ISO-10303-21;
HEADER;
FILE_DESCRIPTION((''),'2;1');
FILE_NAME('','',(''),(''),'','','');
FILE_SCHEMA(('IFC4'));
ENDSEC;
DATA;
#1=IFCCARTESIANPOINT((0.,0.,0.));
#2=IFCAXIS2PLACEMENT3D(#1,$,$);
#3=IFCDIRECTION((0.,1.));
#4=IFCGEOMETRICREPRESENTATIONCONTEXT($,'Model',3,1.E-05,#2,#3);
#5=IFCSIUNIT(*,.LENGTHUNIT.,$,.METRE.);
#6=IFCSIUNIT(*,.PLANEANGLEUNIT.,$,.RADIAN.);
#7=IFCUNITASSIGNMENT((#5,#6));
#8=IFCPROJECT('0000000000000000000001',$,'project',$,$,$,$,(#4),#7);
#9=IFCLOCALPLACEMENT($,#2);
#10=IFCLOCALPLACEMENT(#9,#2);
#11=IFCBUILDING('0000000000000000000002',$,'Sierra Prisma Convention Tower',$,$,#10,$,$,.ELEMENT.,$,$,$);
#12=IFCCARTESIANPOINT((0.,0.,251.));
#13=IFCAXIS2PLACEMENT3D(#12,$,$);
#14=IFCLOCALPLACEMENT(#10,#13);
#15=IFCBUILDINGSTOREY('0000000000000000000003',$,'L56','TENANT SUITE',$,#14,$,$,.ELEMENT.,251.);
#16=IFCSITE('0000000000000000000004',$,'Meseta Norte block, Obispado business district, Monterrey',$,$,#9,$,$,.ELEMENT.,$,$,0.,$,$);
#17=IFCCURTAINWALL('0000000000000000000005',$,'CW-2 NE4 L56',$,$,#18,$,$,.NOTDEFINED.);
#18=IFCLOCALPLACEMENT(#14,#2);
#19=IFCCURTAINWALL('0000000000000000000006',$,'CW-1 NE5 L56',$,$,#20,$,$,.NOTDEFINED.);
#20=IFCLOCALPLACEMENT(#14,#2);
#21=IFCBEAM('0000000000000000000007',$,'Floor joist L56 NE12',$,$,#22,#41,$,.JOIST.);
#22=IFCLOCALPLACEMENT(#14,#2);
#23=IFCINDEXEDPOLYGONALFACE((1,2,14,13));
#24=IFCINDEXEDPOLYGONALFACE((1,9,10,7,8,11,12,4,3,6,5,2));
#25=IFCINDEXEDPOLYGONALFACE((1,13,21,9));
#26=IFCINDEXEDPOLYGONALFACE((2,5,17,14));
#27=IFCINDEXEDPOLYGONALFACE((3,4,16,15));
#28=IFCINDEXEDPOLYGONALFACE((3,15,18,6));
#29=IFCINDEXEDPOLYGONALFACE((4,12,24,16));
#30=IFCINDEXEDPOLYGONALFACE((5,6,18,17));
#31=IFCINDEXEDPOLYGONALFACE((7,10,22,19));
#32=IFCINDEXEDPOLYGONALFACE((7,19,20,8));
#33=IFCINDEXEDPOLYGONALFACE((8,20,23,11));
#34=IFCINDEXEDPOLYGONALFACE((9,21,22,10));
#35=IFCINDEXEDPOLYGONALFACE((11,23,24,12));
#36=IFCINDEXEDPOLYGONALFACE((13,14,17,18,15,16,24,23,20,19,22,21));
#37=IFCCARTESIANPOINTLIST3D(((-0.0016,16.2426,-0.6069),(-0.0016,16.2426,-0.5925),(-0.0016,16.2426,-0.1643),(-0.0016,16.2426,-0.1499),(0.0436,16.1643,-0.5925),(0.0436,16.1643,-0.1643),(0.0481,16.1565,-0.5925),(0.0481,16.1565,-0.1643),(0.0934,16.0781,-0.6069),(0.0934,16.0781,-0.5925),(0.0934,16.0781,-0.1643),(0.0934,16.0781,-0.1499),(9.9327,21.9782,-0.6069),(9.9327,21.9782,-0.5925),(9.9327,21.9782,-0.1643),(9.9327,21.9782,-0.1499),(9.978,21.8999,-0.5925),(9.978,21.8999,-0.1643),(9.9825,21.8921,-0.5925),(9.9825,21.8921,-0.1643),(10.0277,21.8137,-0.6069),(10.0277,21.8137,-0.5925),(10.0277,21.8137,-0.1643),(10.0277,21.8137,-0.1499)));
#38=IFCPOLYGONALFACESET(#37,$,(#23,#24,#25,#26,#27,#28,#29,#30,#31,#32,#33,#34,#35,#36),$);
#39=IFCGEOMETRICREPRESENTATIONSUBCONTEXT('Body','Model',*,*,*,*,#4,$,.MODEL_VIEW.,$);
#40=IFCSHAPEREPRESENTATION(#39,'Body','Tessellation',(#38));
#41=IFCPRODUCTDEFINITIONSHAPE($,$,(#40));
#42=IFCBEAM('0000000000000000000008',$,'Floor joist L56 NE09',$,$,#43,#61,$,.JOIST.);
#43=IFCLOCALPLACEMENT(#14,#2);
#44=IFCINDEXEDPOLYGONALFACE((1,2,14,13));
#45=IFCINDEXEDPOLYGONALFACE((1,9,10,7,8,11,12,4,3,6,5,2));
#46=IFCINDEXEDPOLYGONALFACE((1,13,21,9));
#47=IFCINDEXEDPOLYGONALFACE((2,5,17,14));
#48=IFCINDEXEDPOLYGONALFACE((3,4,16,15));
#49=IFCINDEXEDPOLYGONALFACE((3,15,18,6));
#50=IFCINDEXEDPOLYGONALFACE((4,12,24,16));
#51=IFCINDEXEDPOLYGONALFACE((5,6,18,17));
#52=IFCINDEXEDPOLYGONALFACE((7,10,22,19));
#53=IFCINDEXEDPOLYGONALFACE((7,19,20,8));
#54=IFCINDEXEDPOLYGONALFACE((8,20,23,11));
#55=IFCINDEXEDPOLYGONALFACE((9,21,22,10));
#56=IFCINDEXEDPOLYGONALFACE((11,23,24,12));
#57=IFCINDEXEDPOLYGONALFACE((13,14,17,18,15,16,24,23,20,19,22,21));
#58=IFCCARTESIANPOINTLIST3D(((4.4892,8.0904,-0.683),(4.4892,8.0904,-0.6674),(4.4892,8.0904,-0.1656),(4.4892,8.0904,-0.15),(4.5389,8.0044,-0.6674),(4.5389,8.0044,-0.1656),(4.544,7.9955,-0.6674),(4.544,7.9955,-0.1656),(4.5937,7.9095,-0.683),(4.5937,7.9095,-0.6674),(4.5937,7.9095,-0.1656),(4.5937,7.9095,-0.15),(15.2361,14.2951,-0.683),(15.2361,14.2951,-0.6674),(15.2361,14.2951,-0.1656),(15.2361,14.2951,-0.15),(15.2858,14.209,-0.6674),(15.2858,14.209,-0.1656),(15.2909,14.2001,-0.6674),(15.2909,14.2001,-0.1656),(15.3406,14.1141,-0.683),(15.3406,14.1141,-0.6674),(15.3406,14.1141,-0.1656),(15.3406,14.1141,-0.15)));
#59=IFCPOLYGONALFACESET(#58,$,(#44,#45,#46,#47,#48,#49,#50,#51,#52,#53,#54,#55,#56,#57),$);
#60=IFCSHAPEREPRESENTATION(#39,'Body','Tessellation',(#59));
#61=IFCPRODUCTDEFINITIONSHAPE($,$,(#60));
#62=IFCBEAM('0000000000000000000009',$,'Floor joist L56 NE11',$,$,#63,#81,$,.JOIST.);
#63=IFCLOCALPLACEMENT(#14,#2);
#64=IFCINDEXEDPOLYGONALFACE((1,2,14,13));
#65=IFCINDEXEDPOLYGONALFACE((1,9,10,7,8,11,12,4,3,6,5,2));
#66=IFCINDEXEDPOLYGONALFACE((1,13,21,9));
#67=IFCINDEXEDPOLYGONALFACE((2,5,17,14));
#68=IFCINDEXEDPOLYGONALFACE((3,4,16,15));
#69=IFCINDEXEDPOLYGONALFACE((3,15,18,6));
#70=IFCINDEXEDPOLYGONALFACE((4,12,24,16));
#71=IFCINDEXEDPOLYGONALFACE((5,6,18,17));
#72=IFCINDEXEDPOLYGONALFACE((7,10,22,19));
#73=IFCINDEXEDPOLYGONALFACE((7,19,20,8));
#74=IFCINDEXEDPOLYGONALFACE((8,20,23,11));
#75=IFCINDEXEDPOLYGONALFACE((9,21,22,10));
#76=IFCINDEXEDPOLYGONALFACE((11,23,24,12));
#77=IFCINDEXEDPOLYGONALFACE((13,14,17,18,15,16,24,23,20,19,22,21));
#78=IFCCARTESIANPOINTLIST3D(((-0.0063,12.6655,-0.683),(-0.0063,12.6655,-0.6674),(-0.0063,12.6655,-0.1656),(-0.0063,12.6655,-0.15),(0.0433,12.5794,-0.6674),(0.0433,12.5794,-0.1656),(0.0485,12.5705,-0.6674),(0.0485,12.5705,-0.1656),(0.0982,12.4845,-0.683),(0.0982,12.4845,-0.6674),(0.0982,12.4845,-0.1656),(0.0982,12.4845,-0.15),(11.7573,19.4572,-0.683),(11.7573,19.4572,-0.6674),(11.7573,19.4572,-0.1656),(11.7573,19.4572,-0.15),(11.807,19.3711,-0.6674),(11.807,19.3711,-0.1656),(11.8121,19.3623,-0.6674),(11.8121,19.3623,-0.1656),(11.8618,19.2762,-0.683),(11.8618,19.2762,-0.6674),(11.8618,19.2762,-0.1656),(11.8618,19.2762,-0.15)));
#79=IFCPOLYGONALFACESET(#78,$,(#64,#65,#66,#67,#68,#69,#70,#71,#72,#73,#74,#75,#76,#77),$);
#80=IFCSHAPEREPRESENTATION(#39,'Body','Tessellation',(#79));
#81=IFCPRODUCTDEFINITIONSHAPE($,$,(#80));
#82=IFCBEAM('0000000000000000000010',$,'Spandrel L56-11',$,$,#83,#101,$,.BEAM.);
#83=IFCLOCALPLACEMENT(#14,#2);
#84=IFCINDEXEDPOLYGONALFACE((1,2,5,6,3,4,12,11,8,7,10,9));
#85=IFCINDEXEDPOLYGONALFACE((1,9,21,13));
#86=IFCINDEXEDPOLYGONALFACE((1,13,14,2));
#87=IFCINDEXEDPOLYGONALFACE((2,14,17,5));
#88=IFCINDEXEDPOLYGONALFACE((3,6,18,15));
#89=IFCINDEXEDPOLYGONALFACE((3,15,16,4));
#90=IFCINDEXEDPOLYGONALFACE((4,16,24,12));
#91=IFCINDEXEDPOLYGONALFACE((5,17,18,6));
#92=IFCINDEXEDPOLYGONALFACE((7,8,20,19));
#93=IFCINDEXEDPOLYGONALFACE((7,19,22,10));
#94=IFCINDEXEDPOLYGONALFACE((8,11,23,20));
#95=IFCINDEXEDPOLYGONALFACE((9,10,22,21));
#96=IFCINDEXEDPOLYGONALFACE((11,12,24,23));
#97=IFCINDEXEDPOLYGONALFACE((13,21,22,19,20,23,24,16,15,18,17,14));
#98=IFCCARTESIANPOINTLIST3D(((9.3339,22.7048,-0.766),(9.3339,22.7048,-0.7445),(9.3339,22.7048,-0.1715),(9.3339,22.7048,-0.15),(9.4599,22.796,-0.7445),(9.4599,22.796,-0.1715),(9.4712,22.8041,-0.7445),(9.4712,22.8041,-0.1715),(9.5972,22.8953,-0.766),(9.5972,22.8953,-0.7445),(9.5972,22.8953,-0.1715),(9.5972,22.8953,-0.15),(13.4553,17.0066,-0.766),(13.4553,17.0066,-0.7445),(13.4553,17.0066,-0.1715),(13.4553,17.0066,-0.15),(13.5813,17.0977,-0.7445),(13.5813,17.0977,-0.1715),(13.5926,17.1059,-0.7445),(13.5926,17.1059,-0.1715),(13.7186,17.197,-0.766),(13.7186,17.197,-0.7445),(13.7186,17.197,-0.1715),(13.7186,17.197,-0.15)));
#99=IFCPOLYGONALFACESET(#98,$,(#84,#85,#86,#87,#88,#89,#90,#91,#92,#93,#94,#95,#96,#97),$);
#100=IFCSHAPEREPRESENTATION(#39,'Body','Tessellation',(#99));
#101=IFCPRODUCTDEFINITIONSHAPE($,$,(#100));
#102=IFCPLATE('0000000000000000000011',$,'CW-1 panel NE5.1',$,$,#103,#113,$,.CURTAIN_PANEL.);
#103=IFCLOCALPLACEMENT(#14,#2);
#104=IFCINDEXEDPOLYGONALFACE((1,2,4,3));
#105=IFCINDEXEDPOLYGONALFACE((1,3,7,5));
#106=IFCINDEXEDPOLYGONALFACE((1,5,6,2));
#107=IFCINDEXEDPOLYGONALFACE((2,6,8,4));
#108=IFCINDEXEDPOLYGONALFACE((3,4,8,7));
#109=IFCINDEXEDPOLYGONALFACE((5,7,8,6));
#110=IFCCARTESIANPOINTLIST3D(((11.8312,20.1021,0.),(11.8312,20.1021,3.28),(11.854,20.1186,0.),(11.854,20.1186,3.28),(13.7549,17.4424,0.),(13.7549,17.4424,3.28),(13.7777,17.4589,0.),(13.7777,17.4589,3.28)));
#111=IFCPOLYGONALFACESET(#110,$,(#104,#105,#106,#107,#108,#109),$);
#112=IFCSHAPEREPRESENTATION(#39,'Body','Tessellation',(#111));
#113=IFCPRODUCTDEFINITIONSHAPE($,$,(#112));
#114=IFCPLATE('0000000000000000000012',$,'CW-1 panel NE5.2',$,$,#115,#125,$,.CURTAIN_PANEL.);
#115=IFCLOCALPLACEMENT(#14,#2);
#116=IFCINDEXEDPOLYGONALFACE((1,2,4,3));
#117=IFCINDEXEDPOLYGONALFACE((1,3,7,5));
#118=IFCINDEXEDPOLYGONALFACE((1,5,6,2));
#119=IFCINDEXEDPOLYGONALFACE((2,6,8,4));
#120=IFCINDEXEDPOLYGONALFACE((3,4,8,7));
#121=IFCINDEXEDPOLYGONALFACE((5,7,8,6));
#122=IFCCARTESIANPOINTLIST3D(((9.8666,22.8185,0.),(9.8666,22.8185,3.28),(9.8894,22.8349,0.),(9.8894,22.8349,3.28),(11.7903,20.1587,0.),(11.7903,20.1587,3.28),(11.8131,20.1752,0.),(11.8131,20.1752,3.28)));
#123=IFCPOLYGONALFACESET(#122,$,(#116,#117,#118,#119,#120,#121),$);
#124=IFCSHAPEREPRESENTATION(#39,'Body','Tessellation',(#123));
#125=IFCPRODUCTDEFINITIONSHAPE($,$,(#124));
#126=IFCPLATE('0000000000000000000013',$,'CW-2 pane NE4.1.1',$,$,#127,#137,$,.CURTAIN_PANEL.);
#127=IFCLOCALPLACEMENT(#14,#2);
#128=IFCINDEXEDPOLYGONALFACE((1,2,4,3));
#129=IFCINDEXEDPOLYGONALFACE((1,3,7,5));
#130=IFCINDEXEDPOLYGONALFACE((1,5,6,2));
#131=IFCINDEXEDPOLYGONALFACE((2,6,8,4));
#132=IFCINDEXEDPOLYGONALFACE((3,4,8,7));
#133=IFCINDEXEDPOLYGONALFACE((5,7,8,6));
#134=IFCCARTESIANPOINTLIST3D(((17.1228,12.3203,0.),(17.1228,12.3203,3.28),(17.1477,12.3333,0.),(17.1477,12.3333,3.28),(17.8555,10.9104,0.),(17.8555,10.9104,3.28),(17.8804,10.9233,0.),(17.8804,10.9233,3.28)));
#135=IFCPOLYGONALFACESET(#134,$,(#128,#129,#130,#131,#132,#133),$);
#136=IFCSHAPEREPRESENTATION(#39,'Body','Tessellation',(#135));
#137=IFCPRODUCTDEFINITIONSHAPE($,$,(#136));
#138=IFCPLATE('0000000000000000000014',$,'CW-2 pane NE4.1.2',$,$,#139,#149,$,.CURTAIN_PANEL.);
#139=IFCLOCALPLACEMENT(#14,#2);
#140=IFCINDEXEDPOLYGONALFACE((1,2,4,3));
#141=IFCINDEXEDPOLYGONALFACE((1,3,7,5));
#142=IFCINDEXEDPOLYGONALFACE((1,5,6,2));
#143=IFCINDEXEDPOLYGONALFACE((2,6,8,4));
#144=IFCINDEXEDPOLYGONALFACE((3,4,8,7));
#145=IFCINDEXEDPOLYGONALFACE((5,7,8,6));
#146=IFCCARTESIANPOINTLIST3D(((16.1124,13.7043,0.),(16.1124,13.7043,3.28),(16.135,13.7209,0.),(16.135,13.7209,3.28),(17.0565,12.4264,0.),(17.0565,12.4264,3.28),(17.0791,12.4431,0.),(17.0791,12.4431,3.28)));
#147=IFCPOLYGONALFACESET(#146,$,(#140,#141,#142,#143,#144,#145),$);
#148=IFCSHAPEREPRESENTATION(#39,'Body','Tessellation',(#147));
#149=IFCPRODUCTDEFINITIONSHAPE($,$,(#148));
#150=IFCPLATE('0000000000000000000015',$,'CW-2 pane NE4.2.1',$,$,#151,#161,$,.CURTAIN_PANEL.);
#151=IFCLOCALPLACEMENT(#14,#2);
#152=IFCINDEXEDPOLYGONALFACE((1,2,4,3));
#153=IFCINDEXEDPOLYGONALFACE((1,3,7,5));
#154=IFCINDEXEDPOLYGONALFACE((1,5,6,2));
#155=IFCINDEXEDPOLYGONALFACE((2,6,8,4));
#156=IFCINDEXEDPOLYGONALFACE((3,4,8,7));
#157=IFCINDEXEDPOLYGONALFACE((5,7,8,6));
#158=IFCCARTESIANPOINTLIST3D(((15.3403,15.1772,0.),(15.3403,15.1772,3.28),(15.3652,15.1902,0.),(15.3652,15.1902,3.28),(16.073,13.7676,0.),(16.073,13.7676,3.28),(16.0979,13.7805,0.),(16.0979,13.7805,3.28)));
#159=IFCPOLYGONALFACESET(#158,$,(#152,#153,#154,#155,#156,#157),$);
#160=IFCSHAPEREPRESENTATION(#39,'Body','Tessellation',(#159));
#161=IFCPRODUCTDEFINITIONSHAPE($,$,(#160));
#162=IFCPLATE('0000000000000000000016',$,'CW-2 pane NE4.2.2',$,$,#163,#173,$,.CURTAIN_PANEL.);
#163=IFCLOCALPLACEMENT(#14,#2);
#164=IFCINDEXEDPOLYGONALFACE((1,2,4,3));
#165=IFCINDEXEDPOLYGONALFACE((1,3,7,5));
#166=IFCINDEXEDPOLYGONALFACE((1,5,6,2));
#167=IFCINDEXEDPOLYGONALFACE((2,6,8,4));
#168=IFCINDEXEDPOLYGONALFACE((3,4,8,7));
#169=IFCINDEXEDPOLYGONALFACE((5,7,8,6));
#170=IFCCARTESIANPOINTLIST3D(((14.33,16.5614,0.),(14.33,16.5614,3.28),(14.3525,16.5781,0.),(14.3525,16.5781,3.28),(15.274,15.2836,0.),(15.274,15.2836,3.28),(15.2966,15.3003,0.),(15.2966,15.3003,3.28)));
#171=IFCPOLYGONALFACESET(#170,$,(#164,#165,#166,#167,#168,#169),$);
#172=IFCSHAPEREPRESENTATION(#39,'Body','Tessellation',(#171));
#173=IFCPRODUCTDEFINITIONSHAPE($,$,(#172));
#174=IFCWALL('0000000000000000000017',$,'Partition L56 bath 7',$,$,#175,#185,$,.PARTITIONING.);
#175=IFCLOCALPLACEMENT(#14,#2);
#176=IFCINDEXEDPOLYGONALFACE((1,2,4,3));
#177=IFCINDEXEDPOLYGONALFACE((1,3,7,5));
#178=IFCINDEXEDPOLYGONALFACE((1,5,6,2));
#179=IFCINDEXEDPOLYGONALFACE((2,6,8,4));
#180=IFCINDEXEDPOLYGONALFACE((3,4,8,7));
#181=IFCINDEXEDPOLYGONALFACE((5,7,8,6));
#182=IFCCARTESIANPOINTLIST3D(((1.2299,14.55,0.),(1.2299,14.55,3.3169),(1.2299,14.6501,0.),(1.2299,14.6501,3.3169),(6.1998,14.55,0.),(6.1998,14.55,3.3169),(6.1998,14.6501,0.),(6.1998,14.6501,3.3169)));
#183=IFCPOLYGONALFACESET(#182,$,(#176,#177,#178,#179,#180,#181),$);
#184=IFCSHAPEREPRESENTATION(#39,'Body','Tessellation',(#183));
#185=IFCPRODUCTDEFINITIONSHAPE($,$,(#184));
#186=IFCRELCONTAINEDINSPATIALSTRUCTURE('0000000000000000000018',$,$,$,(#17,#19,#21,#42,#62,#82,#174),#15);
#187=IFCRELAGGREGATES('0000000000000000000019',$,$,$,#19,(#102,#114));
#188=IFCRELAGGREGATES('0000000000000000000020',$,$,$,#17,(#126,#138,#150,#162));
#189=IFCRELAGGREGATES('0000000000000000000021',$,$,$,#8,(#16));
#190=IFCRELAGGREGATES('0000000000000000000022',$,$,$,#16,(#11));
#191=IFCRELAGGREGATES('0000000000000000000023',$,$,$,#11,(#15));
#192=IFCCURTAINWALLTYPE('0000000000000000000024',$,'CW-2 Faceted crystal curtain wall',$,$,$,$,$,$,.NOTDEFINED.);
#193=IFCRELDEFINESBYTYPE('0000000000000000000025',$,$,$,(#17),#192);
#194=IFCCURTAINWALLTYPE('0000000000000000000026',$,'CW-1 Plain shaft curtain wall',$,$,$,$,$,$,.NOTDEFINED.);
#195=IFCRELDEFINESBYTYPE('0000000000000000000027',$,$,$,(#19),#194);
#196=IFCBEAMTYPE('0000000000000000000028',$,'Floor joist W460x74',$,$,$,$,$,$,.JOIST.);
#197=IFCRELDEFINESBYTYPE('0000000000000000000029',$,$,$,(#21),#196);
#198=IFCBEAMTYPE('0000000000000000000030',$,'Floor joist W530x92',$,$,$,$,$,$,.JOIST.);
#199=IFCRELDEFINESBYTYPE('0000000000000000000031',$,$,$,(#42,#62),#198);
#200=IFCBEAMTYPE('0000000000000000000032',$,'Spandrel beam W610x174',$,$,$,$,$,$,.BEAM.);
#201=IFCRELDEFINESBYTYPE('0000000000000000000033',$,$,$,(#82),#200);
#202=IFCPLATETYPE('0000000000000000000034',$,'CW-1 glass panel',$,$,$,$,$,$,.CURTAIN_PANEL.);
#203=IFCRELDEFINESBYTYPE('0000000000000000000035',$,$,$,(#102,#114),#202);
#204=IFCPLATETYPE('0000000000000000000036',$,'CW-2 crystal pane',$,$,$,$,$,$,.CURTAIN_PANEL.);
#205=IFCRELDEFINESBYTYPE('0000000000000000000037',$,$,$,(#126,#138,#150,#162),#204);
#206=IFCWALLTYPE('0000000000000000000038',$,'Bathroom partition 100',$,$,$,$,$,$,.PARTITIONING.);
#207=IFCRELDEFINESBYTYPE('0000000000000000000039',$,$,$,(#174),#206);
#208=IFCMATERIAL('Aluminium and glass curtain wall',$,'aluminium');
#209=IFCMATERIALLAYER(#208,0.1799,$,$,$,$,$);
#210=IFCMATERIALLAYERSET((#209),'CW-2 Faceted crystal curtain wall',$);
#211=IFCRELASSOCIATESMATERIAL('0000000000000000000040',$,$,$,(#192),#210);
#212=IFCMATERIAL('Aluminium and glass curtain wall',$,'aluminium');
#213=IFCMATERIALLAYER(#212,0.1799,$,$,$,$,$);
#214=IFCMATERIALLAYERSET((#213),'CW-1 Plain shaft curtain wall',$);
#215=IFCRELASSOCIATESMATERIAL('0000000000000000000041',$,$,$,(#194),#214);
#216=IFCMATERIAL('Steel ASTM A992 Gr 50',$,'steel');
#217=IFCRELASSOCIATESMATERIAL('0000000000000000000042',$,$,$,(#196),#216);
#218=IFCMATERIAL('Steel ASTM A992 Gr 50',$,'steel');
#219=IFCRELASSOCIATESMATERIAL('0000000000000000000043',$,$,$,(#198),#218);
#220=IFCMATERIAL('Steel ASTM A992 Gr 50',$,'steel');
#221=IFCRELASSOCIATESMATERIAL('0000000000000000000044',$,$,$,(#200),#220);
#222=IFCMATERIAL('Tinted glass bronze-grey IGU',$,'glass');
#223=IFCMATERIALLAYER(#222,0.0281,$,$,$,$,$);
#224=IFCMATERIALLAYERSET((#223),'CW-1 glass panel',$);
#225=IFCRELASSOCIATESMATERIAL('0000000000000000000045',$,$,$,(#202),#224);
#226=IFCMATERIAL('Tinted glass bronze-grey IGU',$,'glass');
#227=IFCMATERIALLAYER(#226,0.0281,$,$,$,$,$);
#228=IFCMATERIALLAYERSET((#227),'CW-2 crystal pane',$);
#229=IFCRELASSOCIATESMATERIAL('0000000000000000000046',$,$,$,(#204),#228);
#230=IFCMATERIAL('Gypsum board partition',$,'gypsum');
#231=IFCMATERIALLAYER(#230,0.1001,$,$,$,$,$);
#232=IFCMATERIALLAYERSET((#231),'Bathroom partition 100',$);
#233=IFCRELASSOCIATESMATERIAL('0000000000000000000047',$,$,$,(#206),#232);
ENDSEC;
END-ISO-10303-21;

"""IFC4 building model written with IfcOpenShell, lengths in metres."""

from ifc_helpers import new_model, si_unit, direction, frame, frame_2d, origin, origin_2d, place, context, subcontext, project, spatial, polyline, rectangle, i_section, outline, extrude, material, layer, layer_set, material_profile, profile_set, type_object, element, aggregate, save


model = new_model("IFC4")

# Units and contexts
model_context = context("Model", 3, precision=1e-05, world=origin(), true_north=direction((0.0, 1.0)))
body_context = subcontext(model_context, "Body", "Model", "MODEL_VIEW")
ifc_project = project(units=[si_unit("LENGTHUNIT", "METRE"), si_unit("PLANEANGLEUNIT", "RADIAN")], contexts=[model_context])

# Site, building, storey
site_placement = place(None, origin())
site = spatial("IfcSite", under=ifc_project, at=site_placement, Name="Meseta Norte block, Obispado business district, Monterrey", CompositionType="ELEMENT", RefElevation=0.0)
building_placement = place(site_placement, origin())
building = spatial("IfcBuilding", under=site, at=building_placement, Name="Sierra Prisma Convention Tower", CompositionType="ELEMENT")
storey_placement = place(building_placement, frame((0.0, 0.0, 251.0)))
storey = spatial("IfcBuildingStorey", under=building, at=storey_placement, Name="L56", Description="TENANT SUITE", CompositionType="ELEMENT", Elevation=251.0)

# Curtain walls
ifc_material_1 = material(Name="Aluminium and glass curtain wall", Category="aluminium")
ifc_layer_1 = layer(ifc_material_1, 0.1799)
ifc_layer_set_1 = layer_set([ifc_layer_1], Name="CW-2 Faceted crystal curtain wall")
curtain_wall_type_1 = type_object("IfcCurtainWallType", Name="CW-2 Faceted crystal curtain wall", PredefinedType="NOTDEFINED", material=ifc_layer_set_1)
curtain_wall_1_placement = place(storey_placement, origin())
curtain_wall_1 = element("IfcCurtainWall", 1, at=curtain_wall_1_placement, inside=storey, type_object=curtain_wall_type_1, Name="CW-2 NE4 L56", PredefinedType="NOTDEFINED")
ifc_material_2 = material(Name="Aluminium and glass curtain wall", Category="aluminium")
ifc_layer_2 = layer(ifc_material_2, 0.1799)
ifc_layer_set_2 = layer_set([ifc_layer_2], Name="CW-1 Plain shaft curtain wall")
curtain_wall_type_2 = type_object("IfcCurtainWallType", Name="CW-1 Plain shaft curtain wall", PredefinedType="NOTDEFINED", material=ifc_layer_set_2)
curtain_wall_2_placement = place(storey_placement, origin())
curtain_wall_2 = element("IfcCurtainWall", 2, at=curtain_wall_2_placement, inside=storey, type_object=curtain_wall_type_2, Name="CW-1 NE5 L56", PredefinedType="NOTDEFINED")

# Beams
ifc_material_3 = material(Name="Steel ASTM A992 Gr 50", Category="steel")
ifc_material_profile_1 = material_profile(ifc_material_3, i_section(OverallWidth=0.1899, OverallDepth=0.457, WebThickness=0.009, FlangeThickness=0.0144, at=origin_2d()), Name="W460x74")
ifc_profile_set_1 = profile_set([ifc_material_profile_1], Name="Steel ASTM A992 Gr 50")
beam_type_1 = type_object("IfcBeamType", Name="Floor joist W460x74", PredefinedType="JOIST", material=ifc_profile_set_1)
beam_1_placement = place(storey_placement, frame((9.9802, 21.896, -0.3784), z_axis=(-0.866025, -0.500001, 0.0), x_axis=(0.500001, -0.866025, 0.0)))
element("IfcBeam", 3, at=beam_1_placement, inside=storey, type_object=beam_type_1, Name="Floor joist L56 NE12", PredefinedType="JOIST", context=body_context, shape_type="SweptSolid", body=[
    extrude(i_section(OverallWidth=0.1899, OverallDepth=0.457, WebThickness=0.009, FlangeThickness=0.0144, at=origin_2d()), origin(), (0.0, 0.0, 1.0), 11.4712),
])
ifc_material_4 = material(Name="Steel ASTM A992 Gr 50", Category="steel")
ifc_material_profile_2 = material_profile(ifc_material_4, i_section(OverallWidth=0.209, OverallDepth=0.533, WebThickness=0.0103, FlangeThickness=0.0156, at=origin_2d()), Name="W530x92")
ifc_profile_set_2 = profile_set([ifc_material_profile_2], Name="Steel ASTM A992 Gr 50")
beam_type_2 = type_object("IfcBeamType", Name="Floor joist W530x92", PredefinedType="JOIST", material=ifc_profile_set_2)
beam_2_placement = place(storey_placement, frame((15.2883, 14.2046, -0.4165), z_axis=(-0.866029, -0.499994, 0.0), x_axis=(0.499994, -0.866029, 0.0)))
element("IfcBeam", 4, at=beam_2_placement, inside=storey, type_object=beam_type_2, Name="Floor joist L56 NE09", PredefinedType="JOIST", context=body_context, shape_type="SweptSolid", body=[
    extrude(i_section(OverallWidth=0.209, OverallDepth=0.533, WebThickness=0.0103, FlangeThickness=0.0156, at=origin_2d()), origin(), (0.0, 0.0, 1.0), 12.4094),
])
beam_3_placement = place(storey_placement, frame((11.8096, 19.3667, -0.4165), z_axis=(-0.866026, -0.499999, 0.0), x_axis=(0.499999, -0.866026, 0.0)))
element("IfcBeam", 5, at=beam_3_placement, inside=storey, type_object=beam_type_2, Name="Floor joist L56 NE11", PredefinedType="JOIST", context=body_context, shape_type="SweptSolid", body=[
    extrude(i_section(OverallWidth=0.209, OverallDepth=0.533, WebThickness=0.0103, FlangeThickness=0.0156, at=origin_2d()), origin(), (0.0, 0.0, 1.0), 13.5835),
])
ifc_material_5 = material(Name="Steel ASTM A992 Gr 50", Category="steel")
ifc_material_profile_3 = material_profile(ifc_material_5, i_section(OverallWidth=0.325, OverallDepth=0.616, WebThickness=0.0139, FlangeThickness=0.0215, at=origin_2d()), Name="W610x174")
ifc_profile_set_3 = profile_set([ifc_material_profile_3], Name="Steel ASTM A992 Gr 50")
beam_type_3 = type_object("IfcBeamType", Name="Spandrel beam W610x174", PredefinedType="BEAM", material=ifc_profile_set_3)
beam_4_placement = place(storey_placement, frame((13.5869, 17.1018, -0.458), z_axis=(-0.586046, 0.810278, 0.0), x_axis=(-0.810278, -0.586046, 0.0)))
element("IfcBeam", 6, at=beam_4_placement, inside=storey, type_object=beam_type_3, Name="Spandrel L56-11", PredefinedType="BEAM", context=body_context, shape_type="SweptSolid", body=[
    extrude(i_section(OverallWidth=0.325, OverallDepth=0.616, WebThickness=0.0139, FlangeThickness=0.0215, at=origin_2d()), origin(), (0.0, 0.0, 1.0), 7.0325),
])

# Plates
ifc_material_6 = material(Name="Tinted glass bronze-grey IGU", Category="glass")
ifc_layer_3 = layer(ifc_material_6, 0.0281)
ifc_layer_set_3 = layer_set([ifc_layer_3], Name="CW-1 glass panel")
plate_type_1 = type_object("IfcPlateType", Name="CW-1 glass panel", PredefinedType="CURTAIN_PANEL", material=ifc_layer_set_3)
plate_1_placement = place(storey_placement, frame((12.8044, 18.7805, 0.0), z_axis=(0.0, 0.0, 1.0), x_axis=(-0.586046, 0.810278, 0.0)))
plate_1 = element("IfcPlate", 7, at=plate_1_placement, type_object=plate_type_1, Name="CW-1 panel NE5.1", PredefinedType="CURTAIN_PANEL", context=body_context, shape_type="SweptSolid", body=[
    extrude(rectangle(XDim=3.2825, YDim=0.0281, at=origin_2d()), origin(), (0.0, 0.0, 1.0), 3.28),
])
plate_2_placement = place(storey_placement, frame((10.8398, 21.4968, 0.0), z_axis=(0.0, 0.0, 1.0), x_axis=(-0.586046, 0.810278, 0.0)))
plate_2 = element("IfcPlate", 8, at=plate_2_placement, type_object=plate_type_1, Name="CW-1 panel NE5.2", PredefinedType="CURTAIN_PANEL", context=body_context, shape_type="SweptSolid", body=[
    extrude(rectangle(XDim=3.2825, YDim=0.0281, at=origin_2d()), origin(), (0.0, 0.0, 1.0), 3.28),
])
aggregate(curtain_wall_2, [plate_1, plate_2])
ifc_material_7 = material(Name="Tinted glass bronze-grey IGU", Category="glass")
ifc_layer_4 = layer(ifc_material_7, 0.0281)
ifc_layer_set_4 = layer_set([ifc_layer_4], Name="CW-2 crystal pane")
plate_type_2 = type_object("IfcPlateType", Name="CW-2 crystal pane", PredefinedType="CURTAIN_PANEL", material=ifc_layer_set_4)
plate_3_placement = place(storey_placement, frame((17.8804, 10.9233, 0.0), z_axis=(0.887343, 0.461111, 0.0), x_axis=(-0.461111, 0.887343, 0.0)))
plate_3 = element("IfcPlate", 9, at=plate_3_placement, type_object=plate_type_2, Name="CW-2 pane NE4.1.1", PredefinedType="CURTAIN_PANEL", context=body_context, shape_type="SweptSolid", body=[
    extrude(outline(polyline([(0.0, 0.0), (1.5889, 0.0), (1.5889, 3.28), (0.0, 3.28), (0.0, 0.0)])), origin(), (0.0, 0.0, -1.0), 0.0281),
])
plate_4_placement = place(storey_placement, frame((16.135, 13.7209, 0.0), z_axis=(0.804294, 0.594231, 0.0), x_axis=(0.594231, -0.804294, 0.0)))
plate_4 = element("IfcPlate", 10, at=plate_4_placement, type_object=plate_type_2, Name="CW-2 pane NE4.1.2", PredefinedType="CURTAIN_PANEL", context=body_context, shape_type="SweptSolid", body=[
    extrude(outline(polyline([(0.0, 0.0), (1.5888, 0.0), (1.5888, -3.28), (0.0, -3.28), (0.0, 0.0)])), origin(), (0.0, 0.0, -1.0), 0.0281),
])
plate_5_placement = place(storey_placement, frame((16.0979, 13.7805, 0.0), z_axis=(0.88731, 0.461174, 0.0), x_axis=(-0.461174, 0.88731, 0.0)))
plate_5 = element("IfcPlate", 11, at=plate_5_placement, type_object=plate_type_2, Name="CW-2 pane NE4.2.1", PredefinedType="CURTAIN_PANEL", context=body_context, shape_type="SweptSolid", body=[
    extrude(outline(polyline([(0.0, 0.0), (1.5887, 0.0), (1.5887, 3.28), (0.0, 3.28), (0.0, 0.0)])), origin(), (0.0, 0.0, -1.0), 0.0281),
])
plate_6_placement = place(storey_placement, frame((14.3525, 16.5781, 0.0), z_axis=(0.804294, 0.594231, 0.0), x_axis=(0.594231, -0.804294, 0.0)))
plate_6 = element("IfcPlate", 12, at=plate_6_placement, type_object=plate_type_2, Name="CW-2 pane NE4.2.2", PredefinedType="CURTAIN_PANEL", context=body_context, shape_type="SweptSolid", body=[
    extrude(outline(polyline([(0.0, 0.0), (1.5888, 0.0), (1.5888, -3.28), (0.0, -3.28), (0.0, 0.0)])), origin(), (0.0, 0.0, -1.0), 0.0281),
])
aggregate(curtain_wall_1, [plate_3, plate_4, plate_5, plate_6])

# Wall
ifc_material_8 = material(Name="Gypsum board partition", Category="gypsum")
ifc_layer_5 = layer(ifc_material_8, 0.1001)
ifc_layer_set_5 = layer_set([ifc_layer_5], Name="Bathroom partition 100")
wall_type_1 = type_object("IfcWallType", Name="Bathroom partition 100", PredefinedType="PARTITIONING", material=ifc_layer_set_5)
wall_1_placement = place(storey_placement, frame((1.23, 14.6001, 0.0), z_axis=(0.0, 0.0, 1.0), x_axis=(1.0, 0.0, 0.0)))
element("IfcWall", 13, at=wall_1_placement, inside=storey, type_object=wall_type_1, Name="Partition L56 bath 7", PredefinedType="PARTITIONING", context=body_context, shape_type="SweptSolid", body=[
    extrude(rectangle(XDim=4.97, YDim=0.1001, at=frame_2d((2.4849, 0.0))), origin(), (0.0, 0.0, 1.0), 3.3169),
])

save(model, "model.ifc")
